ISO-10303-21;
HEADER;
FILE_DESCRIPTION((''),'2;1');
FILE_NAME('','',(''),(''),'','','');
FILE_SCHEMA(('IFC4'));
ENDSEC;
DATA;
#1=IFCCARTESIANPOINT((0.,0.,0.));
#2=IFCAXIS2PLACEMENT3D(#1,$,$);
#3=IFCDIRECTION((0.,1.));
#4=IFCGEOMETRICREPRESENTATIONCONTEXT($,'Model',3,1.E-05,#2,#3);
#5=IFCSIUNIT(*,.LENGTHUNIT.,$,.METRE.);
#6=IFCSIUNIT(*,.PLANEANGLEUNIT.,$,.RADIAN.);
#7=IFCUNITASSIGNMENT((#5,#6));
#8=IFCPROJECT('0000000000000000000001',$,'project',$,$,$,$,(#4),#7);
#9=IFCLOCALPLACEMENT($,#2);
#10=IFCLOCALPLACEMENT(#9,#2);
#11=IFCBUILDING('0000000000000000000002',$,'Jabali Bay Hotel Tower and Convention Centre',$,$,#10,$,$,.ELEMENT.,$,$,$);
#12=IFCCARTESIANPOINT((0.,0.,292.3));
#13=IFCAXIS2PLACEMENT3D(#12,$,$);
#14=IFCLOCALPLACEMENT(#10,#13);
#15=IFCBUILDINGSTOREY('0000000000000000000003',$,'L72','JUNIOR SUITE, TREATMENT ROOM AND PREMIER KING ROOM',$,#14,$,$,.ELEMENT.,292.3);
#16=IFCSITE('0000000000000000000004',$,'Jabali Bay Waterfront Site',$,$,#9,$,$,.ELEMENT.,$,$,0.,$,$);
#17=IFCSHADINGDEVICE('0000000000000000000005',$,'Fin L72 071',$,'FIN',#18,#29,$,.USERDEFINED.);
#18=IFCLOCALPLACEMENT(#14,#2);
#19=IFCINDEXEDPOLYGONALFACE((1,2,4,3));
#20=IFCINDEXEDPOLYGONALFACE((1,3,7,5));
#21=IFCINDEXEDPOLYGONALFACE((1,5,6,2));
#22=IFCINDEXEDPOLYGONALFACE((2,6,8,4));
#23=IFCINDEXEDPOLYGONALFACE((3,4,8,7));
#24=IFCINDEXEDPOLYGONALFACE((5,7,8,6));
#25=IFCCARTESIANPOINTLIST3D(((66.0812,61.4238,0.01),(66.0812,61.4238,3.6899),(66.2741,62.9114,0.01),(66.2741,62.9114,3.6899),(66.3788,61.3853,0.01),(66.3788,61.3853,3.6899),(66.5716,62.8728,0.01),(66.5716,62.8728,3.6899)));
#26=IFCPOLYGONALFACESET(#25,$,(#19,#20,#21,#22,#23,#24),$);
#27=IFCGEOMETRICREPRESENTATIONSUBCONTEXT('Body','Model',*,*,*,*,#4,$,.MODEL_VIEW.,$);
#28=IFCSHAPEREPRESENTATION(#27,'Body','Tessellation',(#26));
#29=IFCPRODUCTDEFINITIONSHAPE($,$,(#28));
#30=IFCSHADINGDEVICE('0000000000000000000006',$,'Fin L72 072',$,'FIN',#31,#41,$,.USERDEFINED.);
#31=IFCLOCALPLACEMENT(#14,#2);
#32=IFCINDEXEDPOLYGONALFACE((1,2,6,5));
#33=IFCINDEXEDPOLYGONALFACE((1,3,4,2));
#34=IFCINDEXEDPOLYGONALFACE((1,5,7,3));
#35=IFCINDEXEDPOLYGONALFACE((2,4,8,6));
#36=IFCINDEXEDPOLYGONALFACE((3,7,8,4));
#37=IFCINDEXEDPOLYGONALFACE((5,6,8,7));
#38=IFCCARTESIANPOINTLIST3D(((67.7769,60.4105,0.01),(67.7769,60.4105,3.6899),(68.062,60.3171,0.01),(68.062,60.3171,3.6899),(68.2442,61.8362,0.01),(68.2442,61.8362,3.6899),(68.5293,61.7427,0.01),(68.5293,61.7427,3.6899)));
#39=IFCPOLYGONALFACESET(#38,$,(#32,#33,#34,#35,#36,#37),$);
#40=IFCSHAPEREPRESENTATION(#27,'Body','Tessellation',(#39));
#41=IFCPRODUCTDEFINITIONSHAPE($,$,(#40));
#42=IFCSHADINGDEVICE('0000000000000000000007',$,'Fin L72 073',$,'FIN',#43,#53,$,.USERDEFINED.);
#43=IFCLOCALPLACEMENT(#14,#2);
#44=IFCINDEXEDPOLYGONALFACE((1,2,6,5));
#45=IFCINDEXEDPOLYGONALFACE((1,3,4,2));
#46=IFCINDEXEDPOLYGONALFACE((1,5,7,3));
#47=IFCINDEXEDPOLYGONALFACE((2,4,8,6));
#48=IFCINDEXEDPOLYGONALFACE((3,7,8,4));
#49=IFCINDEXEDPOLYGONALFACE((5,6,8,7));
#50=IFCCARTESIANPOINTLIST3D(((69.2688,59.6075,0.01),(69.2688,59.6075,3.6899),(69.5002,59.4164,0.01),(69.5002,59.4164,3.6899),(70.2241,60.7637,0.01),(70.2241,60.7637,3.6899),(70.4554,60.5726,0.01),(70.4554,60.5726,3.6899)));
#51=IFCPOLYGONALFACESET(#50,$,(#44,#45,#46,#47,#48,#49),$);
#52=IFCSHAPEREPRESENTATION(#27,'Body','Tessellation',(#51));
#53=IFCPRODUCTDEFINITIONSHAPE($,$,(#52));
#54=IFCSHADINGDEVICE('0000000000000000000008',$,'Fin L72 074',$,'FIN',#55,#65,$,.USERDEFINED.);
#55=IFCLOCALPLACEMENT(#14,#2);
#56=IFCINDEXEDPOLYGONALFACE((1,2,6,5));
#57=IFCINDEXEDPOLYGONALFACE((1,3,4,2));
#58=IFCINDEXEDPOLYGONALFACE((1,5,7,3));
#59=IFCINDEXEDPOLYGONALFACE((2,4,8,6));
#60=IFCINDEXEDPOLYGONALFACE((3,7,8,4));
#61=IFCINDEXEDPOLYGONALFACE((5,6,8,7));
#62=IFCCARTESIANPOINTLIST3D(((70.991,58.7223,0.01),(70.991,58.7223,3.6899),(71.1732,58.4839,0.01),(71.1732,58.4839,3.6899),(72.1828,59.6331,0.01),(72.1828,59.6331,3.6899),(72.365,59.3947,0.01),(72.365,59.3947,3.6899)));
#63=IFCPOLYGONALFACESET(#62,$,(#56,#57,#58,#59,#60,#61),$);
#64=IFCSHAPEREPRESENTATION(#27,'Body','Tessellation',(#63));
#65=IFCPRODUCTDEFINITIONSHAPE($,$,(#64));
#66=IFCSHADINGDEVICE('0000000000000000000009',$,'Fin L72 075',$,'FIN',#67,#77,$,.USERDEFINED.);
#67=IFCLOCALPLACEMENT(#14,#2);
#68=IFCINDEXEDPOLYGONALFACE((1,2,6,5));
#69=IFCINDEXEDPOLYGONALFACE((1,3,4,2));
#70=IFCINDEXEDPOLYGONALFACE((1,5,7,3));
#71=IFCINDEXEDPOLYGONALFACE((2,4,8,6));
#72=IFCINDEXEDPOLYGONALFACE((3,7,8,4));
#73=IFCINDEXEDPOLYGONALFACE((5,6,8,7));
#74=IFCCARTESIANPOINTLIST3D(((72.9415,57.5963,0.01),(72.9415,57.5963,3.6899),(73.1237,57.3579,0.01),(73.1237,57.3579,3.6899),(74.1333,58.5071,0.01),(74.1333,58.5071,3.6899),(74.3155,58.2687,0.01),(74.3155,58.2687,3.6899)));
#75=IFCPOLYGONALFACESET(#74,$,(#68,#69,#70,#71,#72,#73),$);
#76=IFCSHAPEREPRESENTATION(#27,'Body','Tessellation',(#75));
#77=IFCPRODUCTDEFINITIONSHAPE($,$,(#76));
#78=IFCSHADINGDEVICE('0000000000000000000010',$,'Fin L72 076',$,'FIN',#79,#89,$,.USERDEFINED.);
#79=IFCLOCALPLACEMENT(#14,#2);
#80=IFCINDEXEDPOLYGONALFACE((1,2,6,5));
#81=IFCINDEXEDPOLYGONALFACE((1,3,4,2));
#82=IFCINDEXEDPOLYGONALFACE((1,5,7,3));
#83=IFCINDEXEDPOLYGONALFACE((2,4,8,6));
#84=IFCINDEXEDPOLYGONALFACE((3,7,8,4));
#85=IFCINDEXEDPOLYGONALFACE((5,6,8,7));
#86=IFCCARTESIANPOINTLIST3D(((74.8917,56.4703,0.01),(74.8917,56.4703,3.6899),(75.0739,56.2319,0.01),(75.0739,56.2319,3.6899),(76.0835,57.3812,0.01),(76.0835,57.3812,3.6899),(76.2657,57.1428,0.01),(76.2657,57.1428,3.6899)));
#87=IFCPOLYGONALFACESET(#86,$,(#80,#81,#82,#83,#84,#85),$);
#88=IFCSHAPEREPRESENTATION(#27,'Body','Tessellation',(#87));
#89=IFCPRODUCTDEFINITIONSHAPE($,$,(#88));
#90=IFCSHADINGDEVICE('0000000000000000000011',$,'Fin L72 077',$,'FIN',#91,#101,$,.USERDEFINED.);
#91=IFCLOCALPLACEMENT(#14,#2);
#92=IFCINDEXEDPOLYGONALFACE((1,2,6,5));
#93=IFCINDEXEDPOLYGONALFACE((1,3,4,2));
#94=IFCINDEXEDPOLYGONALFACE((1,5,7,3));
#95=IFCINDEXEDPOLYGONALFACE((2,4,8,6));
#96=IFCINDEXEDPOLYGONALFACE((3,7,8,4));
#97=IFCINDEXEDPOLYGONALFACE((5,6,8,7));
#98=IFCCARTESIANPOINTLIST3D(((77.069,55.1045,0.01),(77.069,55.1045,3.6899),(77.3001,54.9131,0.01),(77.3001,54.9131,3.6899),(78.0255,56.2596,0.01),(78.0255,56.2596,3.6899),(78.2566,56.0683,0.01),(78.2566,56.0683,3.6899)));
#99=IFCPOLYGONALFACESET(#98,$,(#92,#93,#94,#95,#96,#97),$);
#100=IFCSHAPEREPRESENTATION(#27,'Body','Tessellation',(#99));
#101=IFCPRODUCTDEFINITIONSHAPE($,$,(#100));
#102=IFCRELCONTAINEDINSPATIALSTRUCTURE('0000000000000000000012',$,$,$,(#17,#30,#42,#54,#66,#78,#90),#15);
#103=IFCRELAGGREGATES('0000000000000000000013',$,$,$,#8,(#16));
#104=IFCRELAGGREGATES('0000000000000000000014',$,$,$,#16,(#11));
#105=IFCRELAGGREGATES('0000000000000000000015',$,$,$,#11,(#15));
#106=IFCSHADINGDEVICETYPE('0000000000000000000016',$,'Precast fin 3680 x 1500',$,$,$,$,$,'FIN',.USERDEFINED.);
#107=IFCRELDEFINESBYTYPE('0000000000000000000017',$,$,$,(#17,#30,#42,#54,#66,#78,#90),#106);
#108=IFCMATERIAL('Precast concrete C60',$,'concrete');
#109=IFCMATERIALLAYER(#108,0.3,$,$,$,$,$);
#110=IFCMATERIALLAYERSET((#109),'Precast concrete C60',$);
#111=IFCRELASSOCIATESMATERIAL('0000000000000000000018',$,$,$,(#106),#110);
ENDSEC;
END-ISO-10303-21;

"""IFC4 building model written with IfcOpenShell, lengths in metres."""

from ifc_helpers import new_model, si_unit, direction, frame, frame_2d, origin, place, context, subcontext, project, spatial, rectangle, extrude, material, layer, layer_set, type_object, element, save


model = new_model("IFC4")

# Units and contexts
model_context = context("Model", 3, precision=1e-05, world=origin(), true_north=direction((0.0, 1.0)))
body_context = subcontext(model_context, "Body", "Model", "MODEL_VIEW")
ifc_project = project(units=[si_unit("LENGTHUNIT", "METRE"), si_unit("PLANEANGLEUNIT", "RADIAN")], contexts=[model_context])

# Site, building, storey
site_placement = place(None, origin())
site = spatial("IfcSite", under=ifc_project, at=site_placement, Name="Jabali Bay Waterfront Site", CompositionType="ELEMENT", RefElevation=0.0)
building_placement = place(site_placement, origin())
building = spatial("IfcBuilding", under=site, at=building_placement, Name="Jabali Bay Hotel Tower and Convention Centre", CompositionType="ELEMENT")
storey_placement = place(building_placement, frame((0.0, 0.0, 292.3)))
storey = spatial("IfcBuildingStorey", under=building, at=storey_placement, Name="L72", Description="JUNIOR SUITE, TREATMENT ROOM AND PREMIER KING ROOM", CompositionType="ELEMENT", Elevation=292.3)

# Shading devices
ifc_material_1 = material(Name="Precast concrete C60", Category="concrete")
ifc_layer_1 = layer(ifc_material_1, 0.3)
ifc_layer_set_1 = layer_set([ifc_layer_1], Name="Precast concrete C60")
shading_device_type = type_object("IfcShadingDeviceType", Name="Precast fin 3680 x 1500", ElementType="FIN", PredefinedType="USERDEFINED", material=ifc_layer_set_1)
for number, where, z_axis, x_axis, name in (
    (1, (66.4229, 62.8921, 0.01), (0.0, 0.0, 1.0), (-0.128581, -0.991699, 0.0), "Fin L72 071"),
):
    element("IfcShadingDevice", number, at=place(storey_placement, frame(where, z_axis=z_axis, x_axis=x_axis)), inside=storey, type_object=shading_device_type, Name=name, ObjectType="FIN", PredefinedType="USERDEFINED", context=body_context, shape_type="SweptSolid", body=[
        extrude(rectangle(XDim=1.5, YDim=0.3, at=frame_2d((0.75, 0.0))), origin(), (0.0, 0.0, 1.0), 3.6799),
    ])
shading_device_1_placement = place(storey_placement, frame((68.3867, 61.7893, 0.01), z_axis=(0.0, 0.0, 1.0), x_axis=(-0.311488, -0.95025, 0.0)))
element("IfcShadingDevice", 2, at=shading_device_1_placement, inside=storey, type_object=shading_device_type, Name="Fin L72 072", ObjectType="FIN", PredefinedType="USERDEFINED", context=body_context, shape_type="SweptSolid", body=[
    extrude(rectangle(XDim=1.5002, YDim=0.3, at=frame_2d((0.75, 0.0))), origin(), (0.0, 0.0, 1.0), 3.6799),
])
shading_device_2_placement = place(storey_placement, frame((70.3398, 60.6682, 0.01), z_axis=(0.0, 0.0, 1.0), x_axis=(-0.636945, -0.77091, 0.0)))
element("IfcShadingDevice", 3, at=shading_device_2_placement, inside=storey, type_object=shading_device_type, Name="Fin L72 073", ObjectType="FIN", PredefinedType="USERDEFINED", context=body_context, shape_type="SweptSolid", body=[
    extrude(rectangle(XDim=1.4998, YDim=0.3, at=frame_2d((0.75, 0.0))), origin(), (0.0, 0.0, 1.0), 3.6799),
])
for number, where, z_axis, x_axis, name in (
    (4, (72.2739, 59.5139, 0.01), (0.0, 0.0, 1.0), (-0.794538, -0.607214, 0.0), "Fin L72 074"),
    (5, (74.2244, 58.3879, 0.01), (0.0, 0.0, 1.0), (-0.794538, -0.607214, 0.0), "Fin L72 075"),
    (6, (76.1746, 57.262, 0.01), (0.0, 0.0, 1.0), (-0.794538, -0.607214, 0.0), "Fin L72 076"),
):
    element("IfcShadingDevice", number, at=place(storey_placement, frame(where, z_axis=z_axis, x_axis=x_axis)), inside=storey, type_object=shading_device_type, Name=name, ObjectType="FIN", PredefinedType="USERDEFINED", context=body_context, shape_type="SweptSolid", body=[
        extrude(rectangle(XDim=1.5, YDim=0.3, at=frame_2d((0.75, 0.0))), origin(), (0.0, 0.0, 1.0), 3.6799),
    ])
shading_device_3_placement = place(storey_placement, frame((78.1411, 56.1641, 0.01), z_axis=(0.0, 0.0, 1.0), x_axis=(-0.637748, -0.770245, 0.0)))
element("IfcShadingDevice", 7, at=shading_device_3_placement, inside=storey, type_object=shading_device_type, Name="Fin L72 077", ObjectType="FIN", PredefinedType="USERDEFINED", context=body_context, shape_type="SweptSolid", body=[
    extrude(rectangle(XDim=1.4998, YDim=0.3, at=frame_2d((0.75, 0.0))), origin(), (0.0, 0.0, 1.0), 3.6799),
])

save(model, "model.ifc")
